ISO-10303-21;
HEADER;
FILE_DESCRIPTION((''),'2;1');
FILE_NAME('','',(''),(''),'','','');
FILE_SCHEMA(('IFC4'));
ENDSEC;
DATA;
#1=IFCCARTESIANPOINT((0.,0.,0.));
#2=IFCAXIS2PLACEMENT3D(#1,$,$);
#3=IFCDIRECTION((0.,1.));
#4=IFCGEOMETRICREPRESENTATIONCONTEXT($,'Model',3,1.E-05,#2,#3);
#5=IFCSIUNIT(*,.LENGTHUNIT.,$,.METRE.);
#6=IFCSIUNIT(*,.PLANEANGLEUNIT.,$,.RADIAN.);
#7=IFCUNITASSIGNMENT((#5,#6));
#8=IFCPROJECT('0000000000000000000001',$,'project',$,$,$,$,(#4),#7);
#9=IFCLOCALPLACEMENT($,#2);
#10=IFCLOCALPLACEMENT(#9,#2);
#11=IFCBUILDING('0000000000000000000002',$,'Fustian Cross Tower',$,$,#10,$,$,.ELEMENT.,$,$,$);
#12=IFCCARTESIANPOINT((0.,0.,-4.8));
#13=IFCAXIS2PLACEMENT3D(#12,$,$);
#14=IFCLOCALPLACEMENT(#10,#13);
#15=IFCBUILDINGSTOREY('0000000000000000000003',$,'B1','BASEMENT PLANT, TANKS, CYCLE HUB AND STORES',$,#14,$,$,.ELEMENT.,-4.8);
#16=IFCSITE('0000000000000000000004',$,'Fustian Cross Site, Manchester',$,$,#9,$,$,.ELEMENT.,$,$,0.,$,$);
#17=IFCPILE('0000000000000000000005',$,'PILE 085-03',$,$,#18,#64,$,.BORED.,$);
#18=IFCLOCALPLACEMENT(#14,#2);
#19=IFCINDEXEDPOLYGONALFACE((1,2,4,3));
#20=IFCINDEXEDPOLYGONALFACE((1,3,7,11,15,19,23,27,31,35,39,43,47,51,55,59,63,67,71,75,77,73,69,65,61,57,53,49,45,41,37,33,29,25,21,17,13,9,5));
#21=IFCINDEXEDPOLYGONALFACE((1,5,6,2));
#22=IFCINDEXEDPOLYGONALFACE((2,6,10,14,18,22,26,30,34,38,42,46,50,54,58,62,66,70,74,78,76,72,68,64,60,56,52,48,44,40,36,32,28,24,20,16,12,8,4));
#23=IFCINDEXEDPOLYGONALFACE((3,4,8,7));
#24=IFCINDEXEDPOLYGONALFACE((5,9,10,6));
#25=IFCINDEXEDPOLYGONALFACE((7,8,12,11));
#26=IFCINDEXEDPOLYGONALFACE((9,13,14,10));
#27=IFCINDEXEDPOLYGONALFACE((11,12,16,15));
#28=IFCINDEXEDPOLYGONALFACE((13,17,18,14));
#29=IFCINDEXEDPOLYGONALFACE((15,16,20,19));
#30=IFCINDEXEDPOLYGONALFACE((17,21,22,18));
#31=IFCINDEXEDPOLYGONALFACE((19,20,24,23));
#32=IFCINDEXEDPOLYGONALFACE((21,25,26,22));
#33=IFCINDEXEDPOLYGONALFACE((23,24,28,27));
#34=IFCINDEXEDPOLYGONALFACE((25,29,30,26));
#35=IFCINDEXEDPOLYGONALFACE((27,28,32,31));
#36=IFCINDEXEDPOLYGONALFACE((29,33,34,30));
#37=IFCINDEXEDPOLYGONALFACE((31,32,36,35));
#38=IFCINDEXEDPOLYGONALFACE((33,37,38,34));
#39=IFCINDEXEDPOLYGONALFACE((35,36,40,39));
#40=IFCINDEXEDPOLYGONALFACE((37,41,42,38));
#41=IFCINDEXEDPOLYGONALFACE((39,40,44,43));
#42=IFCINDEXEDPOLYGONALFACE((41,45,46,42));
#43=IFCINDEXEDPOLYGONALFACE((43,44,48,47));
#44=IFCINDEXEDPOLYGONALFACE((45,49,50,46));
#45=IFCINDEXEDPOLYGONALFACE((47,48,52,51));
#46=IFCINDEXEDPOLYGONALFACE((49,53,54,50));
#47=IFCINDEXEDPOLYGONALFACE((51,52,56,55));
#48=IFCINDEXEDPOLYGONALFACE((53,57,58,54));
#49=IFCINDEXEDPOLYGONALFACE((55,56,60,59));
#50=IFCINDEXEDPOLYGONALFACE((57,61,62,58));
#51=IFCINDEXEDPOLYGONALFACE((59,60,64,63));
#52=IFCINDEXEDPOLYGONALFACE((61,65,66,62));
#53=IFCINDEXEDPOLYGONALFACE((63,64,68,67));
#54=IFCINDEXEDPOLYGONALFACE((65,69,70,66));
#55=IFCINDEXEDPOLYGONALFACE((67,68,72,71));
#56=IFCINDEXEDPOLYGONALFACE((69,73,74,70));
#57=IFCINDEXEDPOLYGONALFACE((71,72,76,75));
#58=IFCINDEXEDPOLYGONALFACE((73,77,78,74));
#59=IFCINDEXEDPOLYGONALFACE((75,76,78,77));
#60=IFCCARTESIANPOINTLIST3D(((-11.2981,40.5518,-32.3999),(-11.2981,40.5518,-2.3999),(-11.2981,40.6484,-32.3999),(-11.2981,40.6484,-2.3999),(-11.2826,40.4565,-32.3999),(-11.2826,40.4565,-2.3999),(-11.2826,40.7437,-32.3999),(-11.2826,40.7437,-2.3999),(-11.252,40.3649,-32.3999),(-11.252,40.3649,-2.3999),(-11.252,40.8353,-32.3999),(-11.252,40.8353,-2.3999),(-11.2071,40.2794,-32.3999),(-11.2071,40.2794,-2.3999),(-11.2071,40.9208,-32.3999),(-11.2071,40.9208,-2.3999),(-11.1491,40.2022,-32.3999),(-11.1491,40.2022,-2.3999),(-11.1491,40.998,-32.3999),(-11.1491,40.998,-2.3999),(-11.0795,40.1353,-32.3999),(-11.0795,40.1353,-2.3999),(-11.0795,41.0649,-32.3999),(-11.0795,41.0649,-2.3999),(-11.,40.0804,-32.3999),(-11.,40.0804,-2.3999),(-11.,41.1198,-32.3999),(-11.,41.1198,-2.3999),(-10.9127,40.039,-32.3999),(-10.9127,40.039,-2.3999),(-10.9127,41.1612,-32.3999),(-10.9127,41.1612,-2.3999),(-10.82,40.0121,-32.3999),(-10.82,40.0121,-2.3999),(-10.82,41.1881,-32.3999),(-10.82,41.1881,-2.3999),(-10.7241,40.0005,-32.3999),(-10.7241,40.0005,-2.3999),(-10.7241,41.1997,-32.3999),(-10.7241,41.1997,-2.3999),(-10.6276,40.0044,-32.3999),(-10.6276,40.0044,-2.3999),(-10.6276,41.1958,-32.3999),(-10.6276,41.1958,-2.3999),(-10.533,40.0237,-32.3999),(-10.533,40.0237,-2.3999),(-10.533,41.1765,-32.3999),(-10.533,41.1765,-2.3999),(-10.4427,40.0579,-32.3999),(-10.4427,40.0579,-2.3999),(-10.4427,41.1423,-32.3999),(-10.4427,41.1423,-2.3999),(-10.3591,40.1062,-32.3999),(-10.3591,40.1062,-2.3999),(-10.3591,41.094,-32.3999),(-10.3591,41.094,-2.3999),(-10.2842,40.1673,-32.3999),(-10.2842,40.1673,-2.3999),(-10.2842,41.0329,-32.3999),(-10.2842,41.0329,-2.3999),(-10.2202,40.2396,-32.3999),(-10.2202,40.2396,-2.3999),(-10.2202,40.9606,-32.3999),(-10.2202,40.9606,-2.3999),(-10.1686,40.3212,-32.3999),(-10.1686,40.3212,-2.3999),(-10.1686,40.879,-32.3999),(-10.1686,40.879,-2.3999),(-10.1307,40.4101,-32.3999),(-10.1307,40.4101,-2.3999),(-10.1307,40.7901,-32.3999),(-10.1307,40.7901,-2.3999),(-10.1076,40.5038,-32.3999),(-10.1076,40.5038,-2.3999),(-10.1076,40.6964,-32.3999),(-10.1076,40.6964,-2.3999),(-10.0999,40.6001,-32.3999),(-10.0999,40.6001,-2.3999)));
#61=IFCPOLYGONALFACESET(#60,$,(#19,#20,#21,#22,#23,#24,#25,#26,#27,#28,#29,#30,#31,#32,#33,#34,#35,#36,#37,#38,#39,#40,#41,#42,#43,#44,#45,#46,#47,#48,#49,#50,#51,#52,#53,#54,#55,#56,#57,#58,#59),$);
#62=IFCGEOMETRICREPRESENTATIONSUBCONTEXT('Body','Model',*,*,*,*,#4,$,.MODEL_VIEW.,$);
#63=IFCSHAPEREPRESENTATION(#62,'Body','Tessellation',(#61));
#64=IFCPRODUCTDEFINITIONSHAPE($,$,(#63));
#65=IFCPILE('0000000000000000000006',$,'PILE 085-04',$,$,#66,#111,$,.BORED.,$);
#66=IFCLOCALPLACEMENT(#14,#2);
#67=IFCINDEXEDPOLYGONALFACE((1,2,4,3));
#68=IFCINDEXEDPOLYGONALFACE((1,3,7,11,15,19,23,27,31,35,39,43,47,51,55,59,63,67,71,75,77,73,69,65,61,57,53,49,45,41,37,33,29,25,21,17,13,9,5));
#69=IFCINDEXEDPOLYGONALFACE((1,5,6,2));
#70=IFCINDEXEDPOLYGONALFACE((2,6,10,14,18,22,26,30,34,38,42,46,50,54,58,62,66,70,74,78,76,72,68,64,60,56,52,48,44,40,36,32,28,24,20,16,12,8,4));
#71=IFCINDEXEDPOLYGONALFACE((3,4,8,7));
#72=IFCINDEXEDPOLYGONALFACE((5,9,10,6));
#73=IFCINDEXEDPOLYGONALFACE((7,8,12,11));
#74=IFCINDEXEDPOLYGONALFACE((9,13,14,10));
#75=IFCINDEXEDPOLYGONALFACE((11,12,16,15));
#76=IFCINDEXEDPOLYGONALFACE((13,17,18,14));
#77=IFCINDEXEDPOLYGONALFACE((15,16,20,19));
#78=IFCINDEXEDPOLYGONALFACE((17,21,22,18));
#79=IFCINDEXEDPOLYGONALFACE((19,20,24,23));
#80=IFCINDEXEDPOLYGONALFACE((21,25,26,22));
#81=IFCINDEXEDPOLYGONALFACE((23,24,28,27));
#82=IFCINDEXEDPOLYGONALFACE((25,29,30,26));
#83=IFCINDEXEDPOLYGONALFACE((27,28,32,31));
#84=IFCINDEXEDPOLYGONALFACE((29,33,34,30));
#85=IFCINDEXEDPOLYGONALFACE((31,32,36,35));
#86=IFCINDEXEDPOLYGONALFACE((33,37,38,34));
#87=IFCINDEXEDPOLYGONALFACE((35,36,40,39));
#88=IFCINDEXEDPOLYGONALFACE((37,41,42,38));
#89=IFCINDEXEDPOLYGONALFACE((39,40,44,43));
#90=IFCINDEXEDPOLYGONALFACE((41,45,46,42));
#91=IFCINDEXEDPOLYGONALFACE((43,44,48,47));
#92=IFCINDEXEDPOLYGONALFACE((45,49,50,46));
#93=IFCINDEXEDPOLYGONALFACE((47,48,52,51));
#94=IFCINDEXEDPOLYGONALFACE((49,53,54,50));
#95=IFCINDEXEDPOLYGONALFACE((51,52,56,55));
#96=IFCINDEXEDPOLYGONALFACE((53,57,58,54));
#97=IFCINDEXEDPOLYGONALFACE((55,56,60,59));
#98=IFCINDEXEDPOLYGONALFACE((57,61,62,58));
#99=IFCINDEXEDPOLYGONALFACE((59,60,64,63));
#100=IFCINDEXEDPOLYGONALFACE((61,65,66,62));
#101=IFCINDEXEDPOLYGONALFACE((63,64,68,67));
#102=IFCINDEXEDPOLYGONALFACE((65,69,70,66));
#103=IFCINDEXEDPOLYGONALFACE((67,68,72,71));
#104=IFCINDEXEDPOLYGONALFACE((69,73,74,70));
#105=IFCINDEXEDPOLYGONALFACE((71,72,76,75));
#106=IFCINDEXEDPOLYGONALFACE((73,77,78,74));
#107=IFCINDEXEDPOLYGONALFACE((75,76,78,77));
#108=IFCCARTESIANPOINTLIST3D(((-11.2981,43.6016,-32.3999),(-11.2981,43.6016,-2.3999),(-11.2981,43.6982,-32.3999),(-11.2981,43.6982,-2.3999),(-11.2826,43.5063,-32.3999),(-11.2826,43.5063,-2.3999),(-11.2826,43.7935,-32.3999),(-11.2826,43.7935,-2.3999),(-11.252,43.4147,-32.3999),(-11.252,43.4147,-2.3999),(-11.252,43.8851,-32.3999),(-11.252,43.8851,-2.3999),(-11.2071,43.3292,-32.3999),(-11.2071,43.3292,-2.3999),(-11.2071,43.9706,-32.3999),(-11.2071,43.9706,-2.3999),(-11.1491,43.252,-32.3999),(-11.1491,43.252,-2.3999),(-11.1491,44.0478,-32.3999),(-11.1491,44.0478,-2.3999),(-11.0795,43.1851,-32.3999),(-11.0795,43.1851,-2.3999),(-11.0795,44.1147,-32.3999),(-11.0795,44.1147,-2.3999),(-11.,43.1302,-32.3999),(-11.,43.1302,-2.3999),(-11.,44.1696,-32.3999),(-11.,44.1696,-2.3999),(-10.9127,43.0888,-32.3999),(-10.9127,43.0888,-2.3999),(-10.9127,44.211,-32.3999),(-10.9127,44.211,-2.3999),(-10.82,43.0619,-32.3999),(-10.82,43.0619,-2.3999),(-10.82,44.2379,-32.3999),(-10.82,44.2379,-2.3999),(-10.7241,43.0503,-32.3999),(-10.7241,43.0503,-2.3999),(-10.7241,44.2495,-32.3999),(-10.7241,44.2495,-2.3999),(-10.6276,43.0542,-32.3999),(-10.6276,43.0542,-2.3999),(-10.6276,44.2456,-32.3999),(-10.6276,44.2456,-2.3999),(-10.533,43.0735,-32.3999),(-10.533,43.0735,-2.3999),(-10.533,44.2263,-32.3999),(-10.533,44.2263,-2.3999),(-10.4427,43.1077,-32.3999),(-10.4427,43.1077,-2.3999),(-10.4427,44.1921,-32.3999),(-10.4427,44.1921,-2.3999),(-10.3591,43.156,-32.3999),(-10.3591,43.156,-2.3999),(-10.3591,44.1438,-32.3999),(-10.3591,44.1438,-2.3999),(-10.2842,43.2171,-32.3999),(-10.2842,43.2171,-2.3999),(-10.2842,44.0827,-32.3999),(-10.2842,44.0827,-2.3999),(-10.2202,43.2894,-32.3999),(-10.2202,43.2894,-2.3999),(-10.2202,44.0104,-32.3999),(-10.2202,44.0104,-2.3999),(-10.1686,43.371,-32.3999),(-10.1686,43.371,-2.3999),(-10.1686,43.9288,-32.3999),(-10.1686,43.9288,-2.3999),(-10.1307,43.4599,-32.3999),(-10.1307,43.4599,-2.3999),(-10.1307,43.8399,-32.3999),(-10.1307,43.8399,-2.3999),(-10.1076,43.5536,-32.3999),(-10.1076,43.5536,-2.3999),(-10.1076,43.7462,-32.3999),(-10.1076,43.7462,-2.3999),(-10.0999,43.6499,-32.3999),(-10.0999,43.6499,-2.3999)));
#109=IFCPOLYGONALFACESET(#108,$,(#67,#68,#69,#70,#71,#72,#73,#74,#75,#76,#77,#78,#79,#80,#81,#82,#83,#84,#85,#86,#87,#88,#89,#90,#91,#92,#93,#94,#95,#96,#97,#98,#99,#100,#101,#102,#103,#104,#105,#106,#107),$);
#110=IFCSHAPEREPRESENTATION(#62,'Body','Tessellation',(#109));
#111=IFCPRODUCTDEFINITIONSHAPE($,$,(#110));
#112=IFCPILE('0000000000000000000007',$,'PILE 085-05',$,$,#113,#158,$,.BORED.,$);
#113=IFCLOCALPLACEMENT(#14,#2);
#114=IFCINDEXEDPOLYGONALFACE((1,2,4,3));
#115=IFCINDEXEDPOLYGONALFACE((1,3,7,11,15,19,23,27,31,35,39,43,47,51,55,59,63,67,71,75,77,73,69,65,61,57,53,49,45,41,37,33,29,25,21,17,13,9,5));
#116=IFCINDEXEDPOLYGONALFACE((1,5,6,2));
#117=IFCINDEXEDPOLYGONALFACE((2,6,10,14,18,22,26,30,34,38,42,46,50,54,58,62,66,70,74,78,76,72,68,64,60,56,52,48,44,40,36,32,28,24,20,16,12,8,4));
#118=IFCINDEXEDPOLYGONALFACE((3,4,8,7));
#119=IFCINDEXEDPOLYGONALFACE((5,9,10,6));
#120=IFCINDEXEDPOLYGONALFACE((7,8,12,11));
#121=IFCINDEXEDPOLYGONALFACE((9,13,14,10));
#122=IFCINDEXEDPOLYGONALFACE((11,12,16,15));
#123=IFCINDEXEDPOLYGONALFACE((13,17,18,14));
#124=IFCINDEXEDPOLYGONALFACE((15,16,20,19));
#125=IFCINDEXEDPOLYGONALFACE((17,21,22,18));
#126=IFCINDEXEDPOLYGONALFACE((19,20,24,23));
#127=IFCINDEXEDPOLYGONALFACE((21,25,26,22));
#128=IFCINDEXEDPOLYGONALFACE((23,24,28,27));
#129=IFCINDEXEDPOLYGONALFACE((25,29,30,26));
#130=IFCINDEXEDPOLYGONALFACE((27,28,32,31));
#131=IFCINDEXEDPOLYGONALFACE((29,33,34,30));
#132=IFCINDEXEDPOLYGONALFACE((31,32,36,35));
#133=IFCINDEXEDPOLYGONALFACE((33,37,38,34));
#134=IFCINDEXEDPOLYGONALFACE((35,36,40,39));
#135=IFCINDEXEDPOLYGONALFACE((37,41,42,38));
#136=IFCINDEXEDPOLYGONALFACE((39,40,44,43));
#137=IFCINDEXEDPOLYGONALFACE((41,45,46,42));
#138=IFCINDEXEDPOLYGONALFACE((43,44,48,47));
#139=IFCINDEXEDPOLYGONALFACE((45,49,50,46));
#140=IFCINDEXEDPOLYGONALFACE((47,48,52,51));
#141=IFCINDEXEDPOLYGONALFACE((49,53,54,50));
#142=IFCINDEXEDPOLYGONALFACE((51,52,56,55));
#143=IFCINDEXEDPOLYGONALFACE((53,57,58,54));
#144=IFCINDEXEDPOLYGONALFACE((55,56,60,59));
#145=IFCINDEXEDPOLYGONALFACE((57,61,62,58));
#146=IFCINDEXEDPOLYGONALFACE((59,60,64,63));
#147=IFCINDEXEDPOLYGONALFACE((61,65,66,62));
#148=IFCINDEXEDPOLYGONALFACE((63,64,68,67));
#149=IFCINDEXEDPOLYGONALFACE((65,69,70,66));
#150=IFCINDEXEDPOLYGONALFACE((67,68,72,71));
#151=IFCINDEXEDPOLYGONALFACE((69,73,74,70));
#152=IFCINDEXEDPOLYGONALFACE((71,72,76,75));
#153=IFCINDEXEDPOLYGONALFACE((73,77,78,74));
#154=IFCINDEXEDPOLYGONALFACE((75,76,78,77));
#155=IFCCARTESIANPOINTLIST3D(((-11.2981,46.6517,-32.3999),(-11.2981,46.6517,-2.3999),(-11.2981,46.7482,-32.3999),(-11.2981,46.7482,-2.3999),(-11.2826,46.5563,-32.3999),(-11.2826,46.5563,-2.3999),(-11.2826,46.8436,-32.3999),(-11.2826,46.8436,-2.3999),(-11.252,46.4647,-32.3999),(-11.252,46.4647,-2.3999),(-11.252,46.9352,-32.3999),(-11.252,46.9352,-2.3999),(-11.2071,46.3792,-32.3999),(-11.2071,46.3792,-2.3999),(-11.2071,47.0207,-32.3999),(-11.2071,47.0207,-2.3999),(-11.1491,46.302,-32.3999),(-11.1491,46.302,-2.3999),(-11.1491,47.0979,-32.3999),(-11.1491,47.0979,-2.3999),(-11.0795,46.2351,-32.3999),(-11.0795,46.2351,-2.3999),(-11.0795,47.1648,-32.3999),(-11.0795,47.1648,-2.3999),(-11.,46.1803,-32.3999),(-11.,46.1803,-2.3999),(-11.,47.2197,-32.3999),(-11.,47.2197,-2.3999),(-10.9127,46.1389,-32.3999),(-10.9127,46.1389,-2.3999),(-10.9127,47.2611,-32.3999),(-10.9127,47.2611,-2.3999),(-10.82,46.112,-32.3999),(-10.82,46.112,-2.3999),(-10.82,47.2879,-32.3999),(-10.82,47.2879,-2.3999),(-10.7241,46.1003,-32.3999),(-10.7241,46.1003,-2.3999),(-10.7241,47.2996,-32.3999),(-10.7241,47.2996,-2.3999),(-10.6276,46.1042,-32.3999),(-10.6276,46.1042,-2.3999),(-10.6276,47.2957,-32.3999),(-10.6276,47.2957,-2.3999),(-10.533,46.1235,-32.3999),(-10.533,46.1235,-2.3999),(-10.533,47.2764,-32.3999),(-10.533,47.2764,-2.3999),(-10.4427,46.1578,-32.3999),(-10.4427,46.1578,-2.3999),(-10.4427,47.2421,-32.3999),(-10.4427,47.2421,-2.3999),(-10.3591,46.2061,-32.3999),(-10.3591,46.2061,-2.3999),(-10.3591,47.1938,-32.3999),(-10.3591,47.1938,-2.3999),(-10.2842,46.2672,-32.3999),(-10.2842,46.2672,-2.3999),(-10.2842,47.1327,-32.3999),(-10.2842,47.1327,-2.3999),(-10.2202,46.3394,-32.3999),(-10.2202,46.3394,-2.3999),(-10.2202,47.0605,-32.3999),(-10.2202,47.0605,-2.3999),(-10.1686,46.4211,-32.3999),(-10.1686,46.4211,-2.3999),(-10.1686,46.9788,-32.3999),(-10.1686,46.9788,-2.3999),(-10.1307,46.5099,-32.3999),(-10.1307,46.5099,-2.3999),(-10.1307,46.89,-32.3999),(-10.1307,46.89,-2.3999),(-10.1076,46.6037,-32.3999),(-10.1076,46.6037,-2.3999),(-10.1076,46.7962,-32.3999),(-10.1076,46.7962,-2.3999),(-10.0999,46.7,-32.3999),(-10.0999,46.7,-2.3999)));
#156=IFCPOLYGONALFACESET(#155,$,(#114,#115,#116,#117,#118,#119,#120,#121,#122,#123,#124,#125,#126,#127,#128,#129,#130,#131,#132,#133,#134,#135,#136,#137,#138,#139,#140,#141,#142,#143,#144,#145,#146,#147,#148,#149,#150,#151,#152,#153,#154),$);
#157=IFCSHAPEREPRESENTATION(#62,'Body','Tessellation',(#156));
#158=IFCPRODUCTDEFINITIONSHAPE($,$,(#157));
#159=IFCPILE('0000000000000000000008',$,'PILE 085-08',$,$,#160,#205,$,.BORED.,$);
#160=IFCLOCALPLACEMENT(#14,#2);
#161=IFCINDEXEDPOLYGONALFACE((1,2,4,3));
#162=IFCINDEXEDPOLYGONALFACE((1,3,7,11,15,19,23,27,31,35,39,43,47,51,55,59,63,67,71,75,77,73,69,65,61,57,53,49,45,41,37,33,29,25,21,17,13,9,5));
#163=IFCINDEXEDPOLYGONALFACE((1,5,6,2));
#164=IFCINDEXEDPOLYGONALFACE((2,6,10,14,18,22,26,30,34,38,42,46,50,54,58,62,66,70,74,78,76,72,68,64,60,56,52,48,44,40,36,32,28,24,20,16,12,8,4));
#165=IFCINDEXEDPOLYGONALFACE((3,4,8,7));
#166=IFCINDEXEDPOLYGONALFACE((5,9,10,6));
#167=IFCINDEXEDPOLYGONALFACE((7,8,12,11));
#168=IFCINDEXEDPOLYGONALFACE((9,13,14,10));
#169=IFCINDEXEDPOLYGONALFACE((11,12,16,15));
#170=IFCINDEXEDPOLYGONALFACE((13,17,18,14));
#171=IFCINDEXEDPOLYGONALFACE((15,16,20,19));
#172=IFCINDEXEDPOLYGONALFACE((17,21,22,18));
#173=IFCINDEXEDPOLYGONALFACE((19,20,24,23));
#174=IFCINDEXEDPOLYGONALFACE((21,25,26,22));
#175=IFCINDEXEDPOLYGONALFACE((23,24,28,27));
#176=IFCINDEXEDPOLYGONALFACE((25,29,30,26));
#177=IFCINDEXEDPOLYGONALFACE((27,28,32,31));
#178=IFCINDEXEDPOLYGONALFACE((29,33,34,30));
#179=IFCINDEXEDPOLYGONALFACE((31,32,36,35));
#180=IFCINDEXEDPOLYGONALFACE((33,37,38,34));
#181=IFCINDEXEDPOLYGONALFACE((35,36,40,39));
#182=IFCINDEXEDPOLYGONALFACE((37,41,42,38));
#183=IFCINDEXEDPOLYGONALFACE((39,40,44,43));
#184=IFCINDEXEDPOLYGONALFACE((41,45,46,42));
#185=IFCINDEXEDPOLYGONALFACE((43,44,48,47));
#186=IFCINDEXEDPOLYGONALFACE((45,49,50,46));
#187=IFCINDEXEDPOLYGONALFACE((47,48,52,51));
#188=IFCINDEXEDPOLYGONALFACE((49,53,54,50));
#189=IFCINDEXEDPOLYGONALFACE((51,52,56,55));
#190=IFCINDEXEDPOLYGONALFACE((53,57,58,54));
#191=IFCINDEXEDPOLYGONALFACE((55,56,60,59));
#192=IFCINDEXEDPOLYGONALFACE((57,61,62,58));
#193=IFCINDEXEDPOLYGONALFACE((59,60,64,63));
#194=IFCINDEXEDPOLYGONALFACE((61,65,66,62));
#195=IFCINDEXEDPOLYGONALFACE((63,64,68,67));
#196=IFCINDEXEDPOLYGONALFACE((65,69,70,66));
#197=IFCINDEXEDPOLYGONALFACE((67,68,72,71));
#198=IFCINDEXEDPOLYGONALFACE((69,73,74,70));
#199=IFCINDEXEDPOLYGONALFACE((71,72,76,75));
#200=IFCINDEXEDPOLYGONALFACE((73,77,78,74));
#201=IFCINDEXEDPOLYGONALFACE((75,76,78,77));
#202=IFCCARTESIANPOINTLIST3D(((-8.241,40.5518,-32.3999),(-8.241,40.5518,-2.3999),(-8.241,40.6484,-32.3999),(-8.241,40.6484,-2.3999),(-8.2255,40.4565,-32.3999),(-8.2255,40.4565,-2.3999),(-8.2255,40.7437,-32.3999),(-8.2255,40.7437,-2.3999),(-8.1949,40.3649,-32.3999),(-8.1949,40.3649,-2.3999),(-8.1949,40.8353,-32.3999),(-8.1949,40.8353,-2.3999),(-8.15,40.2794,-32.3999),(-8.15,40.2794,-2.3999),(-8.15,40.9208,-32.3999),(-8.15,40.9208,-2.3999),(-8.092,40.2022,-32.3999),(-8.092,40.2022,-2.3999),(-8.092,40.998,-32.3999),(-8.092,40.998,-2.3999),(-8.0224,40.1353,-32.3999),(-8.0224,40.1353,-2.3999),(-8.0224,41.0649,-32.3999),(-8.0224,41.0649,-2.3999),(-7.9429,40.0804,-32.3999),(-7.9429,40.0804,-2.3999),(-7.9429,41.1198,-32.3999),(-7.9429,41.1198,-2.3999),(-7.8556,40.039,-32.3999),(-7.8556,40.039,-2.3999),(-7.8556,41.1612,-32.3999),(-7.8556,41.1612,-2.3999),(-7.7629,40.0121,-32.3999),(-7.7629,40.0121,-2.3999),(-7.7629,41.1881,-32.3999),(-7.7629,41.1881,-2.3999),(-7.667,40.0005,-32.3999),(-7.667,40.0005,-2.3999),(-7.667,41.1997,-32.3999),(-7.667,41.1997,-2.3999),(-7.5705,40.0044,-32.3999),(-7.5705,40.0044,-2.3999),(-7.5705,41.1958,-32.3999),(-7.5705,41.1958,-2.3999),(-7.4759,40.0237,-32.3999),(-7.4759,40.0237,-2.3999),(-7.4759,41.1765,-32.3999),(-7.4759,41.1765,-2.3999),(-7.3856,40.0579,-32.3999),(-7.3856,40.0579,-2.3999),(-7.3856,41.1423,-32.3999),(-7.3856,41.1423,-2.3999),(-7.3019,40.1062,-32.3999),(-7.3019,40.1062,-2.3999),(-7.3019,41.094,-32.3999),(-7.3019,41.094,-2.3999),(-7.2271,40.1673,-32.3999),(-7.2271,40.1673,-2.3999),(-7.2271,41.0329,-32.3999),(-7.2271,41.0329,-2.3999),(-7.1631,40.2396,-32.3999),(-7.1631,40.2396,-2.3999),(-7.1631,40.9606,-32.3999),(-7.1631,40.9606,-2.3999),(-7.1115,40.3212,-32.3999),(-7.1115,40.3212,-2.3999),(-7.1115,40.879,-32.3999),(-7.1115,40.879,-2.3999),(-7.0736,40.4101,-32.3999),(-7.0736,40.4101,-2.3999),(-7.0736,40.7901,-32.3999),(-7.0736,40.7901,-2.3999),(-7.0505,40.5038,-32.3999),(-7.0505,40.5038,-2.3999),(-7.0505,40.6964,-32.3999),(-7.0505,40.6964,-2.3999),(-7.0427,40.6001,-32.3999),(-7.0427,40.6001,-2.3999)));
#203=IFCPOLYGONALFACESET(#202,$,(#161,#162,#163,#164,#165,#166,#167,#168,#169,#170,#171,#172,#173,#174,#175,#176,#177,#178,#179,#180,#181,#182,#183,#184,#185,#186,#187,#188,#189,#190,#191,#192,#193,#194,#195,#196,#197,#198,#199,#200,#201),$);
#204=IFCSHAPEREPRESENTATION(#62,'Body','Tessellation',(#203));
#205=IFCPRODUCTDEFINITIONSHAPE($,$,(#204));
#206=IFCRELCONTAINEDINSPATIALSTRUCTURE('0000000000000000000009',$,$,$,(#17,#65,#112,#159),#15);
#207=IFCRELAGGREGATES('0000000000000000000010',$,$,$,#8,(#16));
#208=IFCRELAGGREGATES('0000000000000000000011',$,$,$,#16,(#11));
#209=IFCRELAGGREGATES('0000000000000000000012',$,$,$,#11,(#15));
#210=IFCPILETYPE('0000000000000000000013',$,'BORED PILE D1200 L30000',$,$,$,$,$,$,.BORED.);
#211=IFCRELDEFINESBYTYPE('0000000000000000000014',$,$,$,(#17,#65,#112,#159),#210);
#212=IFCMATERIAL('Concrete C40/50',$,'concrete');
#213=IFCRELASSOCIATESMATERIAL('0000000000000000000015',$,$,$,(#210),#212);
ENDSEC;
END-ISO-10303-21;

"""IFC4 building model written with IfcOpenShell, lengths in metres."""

from ifc_helpers import new_model, si_unit, direction, frame, origin, origin_2d, place, context, subcontext, project, spatial, circle, extrude, material, material_profile, profile_set, type_object, element, save


model = new_model("IFC4")

# Units and contexts
model_context = context("Model", 3, precision=1e-05, world=origin(), true_north=direction((0.0, 1.0)))
body_context = subcontext(model_context, "Body", "Model", "MODEL_VIEW")
ifc_project = project(units=[si_unit("LENGTHUNIT", "METRE"), si_unit("PLANEANGLEUNIT", "RADIAN")], contexts=[model_context])

# Site, building, storey
site_placement = place(None, origin())
site = spatial("IfcSite", under=ifc_project, at=site_placement, Name="Fustian Cross Site, Manchester", CompositionType="ELEMENT", RefElevation=0.0)
building_placement = place(site_placement, origin())
building = spatial("IfcBuilding", under=site, at=building_placement, Name="Fustian Cross Tower", CompositionType="ELEMENT")
storey_placement = place(building_placement, frame((0.0, 0.0, -4.8)))
storey = spatial("IfcBuildingStorey", under=building, at=storey_placement, Name="B1", Description="BASEMENT PLANT, TANKS, CYCLE HUB AND STORES", CompositionType="ELEMENT", Elevation=-4.8)

# Piles
ifc_material_1 = material(Name="Concrete C40/50", Category="concrete")
ifc_material_profile_1 = material_profile(ifc_material_1, circle(Radius=0.6001, at=origin_2d()), Name="BORED PILE D1200 L30000")
ifc_profile_set_1 = profile_set([ifc_material_profile_1], Name="Concrete C40/50")
pile_type_1 = type_object("IfcPileType", Name="BORED PILE D1200 L30000", PredefinedType="BORED", material=ifc_profile_set_1)
for number, where, z_axis, x_axis, name in (
    (1, (-10.7, 40.6001, -2.3999), (0.0, 0.0, -1.0), (1.0, 0.0, 0.0), "PILE 085-03"),
    (2, (-10.7, 43.6499, -2.3999), (0.0, 0.0, -1.0), (1.0, 0.0, 0.0), "PILE 085-04"),
    (3, (-10.7, 46.7, -2.3999), (0.0, 0.0, -1.0), (1.0, 0.0, 0.0), "PILE 085-05"),
    (4, (-7.6428, 40.6001, -2.3999), (0.0, 0.0, -1.0), (1.0, 0.0, 0.0), "PILE 085-08"),
):
    element("IfcPile", number, at=place(storey_placement, frame(where, z_axis=z_axis, x_axis=x_axis)), inside=storey, type_object=pile_type_1, Name=name, PredefinedType="BORED", context=body_context, shape_type="SweptSolid", body=[
        extrude(circle(Radius=0.6001, at=origin_2d()), origin(), (0.0, 0.0, 1.0), 30.0),
    ])

save(model, "model.ifc")
